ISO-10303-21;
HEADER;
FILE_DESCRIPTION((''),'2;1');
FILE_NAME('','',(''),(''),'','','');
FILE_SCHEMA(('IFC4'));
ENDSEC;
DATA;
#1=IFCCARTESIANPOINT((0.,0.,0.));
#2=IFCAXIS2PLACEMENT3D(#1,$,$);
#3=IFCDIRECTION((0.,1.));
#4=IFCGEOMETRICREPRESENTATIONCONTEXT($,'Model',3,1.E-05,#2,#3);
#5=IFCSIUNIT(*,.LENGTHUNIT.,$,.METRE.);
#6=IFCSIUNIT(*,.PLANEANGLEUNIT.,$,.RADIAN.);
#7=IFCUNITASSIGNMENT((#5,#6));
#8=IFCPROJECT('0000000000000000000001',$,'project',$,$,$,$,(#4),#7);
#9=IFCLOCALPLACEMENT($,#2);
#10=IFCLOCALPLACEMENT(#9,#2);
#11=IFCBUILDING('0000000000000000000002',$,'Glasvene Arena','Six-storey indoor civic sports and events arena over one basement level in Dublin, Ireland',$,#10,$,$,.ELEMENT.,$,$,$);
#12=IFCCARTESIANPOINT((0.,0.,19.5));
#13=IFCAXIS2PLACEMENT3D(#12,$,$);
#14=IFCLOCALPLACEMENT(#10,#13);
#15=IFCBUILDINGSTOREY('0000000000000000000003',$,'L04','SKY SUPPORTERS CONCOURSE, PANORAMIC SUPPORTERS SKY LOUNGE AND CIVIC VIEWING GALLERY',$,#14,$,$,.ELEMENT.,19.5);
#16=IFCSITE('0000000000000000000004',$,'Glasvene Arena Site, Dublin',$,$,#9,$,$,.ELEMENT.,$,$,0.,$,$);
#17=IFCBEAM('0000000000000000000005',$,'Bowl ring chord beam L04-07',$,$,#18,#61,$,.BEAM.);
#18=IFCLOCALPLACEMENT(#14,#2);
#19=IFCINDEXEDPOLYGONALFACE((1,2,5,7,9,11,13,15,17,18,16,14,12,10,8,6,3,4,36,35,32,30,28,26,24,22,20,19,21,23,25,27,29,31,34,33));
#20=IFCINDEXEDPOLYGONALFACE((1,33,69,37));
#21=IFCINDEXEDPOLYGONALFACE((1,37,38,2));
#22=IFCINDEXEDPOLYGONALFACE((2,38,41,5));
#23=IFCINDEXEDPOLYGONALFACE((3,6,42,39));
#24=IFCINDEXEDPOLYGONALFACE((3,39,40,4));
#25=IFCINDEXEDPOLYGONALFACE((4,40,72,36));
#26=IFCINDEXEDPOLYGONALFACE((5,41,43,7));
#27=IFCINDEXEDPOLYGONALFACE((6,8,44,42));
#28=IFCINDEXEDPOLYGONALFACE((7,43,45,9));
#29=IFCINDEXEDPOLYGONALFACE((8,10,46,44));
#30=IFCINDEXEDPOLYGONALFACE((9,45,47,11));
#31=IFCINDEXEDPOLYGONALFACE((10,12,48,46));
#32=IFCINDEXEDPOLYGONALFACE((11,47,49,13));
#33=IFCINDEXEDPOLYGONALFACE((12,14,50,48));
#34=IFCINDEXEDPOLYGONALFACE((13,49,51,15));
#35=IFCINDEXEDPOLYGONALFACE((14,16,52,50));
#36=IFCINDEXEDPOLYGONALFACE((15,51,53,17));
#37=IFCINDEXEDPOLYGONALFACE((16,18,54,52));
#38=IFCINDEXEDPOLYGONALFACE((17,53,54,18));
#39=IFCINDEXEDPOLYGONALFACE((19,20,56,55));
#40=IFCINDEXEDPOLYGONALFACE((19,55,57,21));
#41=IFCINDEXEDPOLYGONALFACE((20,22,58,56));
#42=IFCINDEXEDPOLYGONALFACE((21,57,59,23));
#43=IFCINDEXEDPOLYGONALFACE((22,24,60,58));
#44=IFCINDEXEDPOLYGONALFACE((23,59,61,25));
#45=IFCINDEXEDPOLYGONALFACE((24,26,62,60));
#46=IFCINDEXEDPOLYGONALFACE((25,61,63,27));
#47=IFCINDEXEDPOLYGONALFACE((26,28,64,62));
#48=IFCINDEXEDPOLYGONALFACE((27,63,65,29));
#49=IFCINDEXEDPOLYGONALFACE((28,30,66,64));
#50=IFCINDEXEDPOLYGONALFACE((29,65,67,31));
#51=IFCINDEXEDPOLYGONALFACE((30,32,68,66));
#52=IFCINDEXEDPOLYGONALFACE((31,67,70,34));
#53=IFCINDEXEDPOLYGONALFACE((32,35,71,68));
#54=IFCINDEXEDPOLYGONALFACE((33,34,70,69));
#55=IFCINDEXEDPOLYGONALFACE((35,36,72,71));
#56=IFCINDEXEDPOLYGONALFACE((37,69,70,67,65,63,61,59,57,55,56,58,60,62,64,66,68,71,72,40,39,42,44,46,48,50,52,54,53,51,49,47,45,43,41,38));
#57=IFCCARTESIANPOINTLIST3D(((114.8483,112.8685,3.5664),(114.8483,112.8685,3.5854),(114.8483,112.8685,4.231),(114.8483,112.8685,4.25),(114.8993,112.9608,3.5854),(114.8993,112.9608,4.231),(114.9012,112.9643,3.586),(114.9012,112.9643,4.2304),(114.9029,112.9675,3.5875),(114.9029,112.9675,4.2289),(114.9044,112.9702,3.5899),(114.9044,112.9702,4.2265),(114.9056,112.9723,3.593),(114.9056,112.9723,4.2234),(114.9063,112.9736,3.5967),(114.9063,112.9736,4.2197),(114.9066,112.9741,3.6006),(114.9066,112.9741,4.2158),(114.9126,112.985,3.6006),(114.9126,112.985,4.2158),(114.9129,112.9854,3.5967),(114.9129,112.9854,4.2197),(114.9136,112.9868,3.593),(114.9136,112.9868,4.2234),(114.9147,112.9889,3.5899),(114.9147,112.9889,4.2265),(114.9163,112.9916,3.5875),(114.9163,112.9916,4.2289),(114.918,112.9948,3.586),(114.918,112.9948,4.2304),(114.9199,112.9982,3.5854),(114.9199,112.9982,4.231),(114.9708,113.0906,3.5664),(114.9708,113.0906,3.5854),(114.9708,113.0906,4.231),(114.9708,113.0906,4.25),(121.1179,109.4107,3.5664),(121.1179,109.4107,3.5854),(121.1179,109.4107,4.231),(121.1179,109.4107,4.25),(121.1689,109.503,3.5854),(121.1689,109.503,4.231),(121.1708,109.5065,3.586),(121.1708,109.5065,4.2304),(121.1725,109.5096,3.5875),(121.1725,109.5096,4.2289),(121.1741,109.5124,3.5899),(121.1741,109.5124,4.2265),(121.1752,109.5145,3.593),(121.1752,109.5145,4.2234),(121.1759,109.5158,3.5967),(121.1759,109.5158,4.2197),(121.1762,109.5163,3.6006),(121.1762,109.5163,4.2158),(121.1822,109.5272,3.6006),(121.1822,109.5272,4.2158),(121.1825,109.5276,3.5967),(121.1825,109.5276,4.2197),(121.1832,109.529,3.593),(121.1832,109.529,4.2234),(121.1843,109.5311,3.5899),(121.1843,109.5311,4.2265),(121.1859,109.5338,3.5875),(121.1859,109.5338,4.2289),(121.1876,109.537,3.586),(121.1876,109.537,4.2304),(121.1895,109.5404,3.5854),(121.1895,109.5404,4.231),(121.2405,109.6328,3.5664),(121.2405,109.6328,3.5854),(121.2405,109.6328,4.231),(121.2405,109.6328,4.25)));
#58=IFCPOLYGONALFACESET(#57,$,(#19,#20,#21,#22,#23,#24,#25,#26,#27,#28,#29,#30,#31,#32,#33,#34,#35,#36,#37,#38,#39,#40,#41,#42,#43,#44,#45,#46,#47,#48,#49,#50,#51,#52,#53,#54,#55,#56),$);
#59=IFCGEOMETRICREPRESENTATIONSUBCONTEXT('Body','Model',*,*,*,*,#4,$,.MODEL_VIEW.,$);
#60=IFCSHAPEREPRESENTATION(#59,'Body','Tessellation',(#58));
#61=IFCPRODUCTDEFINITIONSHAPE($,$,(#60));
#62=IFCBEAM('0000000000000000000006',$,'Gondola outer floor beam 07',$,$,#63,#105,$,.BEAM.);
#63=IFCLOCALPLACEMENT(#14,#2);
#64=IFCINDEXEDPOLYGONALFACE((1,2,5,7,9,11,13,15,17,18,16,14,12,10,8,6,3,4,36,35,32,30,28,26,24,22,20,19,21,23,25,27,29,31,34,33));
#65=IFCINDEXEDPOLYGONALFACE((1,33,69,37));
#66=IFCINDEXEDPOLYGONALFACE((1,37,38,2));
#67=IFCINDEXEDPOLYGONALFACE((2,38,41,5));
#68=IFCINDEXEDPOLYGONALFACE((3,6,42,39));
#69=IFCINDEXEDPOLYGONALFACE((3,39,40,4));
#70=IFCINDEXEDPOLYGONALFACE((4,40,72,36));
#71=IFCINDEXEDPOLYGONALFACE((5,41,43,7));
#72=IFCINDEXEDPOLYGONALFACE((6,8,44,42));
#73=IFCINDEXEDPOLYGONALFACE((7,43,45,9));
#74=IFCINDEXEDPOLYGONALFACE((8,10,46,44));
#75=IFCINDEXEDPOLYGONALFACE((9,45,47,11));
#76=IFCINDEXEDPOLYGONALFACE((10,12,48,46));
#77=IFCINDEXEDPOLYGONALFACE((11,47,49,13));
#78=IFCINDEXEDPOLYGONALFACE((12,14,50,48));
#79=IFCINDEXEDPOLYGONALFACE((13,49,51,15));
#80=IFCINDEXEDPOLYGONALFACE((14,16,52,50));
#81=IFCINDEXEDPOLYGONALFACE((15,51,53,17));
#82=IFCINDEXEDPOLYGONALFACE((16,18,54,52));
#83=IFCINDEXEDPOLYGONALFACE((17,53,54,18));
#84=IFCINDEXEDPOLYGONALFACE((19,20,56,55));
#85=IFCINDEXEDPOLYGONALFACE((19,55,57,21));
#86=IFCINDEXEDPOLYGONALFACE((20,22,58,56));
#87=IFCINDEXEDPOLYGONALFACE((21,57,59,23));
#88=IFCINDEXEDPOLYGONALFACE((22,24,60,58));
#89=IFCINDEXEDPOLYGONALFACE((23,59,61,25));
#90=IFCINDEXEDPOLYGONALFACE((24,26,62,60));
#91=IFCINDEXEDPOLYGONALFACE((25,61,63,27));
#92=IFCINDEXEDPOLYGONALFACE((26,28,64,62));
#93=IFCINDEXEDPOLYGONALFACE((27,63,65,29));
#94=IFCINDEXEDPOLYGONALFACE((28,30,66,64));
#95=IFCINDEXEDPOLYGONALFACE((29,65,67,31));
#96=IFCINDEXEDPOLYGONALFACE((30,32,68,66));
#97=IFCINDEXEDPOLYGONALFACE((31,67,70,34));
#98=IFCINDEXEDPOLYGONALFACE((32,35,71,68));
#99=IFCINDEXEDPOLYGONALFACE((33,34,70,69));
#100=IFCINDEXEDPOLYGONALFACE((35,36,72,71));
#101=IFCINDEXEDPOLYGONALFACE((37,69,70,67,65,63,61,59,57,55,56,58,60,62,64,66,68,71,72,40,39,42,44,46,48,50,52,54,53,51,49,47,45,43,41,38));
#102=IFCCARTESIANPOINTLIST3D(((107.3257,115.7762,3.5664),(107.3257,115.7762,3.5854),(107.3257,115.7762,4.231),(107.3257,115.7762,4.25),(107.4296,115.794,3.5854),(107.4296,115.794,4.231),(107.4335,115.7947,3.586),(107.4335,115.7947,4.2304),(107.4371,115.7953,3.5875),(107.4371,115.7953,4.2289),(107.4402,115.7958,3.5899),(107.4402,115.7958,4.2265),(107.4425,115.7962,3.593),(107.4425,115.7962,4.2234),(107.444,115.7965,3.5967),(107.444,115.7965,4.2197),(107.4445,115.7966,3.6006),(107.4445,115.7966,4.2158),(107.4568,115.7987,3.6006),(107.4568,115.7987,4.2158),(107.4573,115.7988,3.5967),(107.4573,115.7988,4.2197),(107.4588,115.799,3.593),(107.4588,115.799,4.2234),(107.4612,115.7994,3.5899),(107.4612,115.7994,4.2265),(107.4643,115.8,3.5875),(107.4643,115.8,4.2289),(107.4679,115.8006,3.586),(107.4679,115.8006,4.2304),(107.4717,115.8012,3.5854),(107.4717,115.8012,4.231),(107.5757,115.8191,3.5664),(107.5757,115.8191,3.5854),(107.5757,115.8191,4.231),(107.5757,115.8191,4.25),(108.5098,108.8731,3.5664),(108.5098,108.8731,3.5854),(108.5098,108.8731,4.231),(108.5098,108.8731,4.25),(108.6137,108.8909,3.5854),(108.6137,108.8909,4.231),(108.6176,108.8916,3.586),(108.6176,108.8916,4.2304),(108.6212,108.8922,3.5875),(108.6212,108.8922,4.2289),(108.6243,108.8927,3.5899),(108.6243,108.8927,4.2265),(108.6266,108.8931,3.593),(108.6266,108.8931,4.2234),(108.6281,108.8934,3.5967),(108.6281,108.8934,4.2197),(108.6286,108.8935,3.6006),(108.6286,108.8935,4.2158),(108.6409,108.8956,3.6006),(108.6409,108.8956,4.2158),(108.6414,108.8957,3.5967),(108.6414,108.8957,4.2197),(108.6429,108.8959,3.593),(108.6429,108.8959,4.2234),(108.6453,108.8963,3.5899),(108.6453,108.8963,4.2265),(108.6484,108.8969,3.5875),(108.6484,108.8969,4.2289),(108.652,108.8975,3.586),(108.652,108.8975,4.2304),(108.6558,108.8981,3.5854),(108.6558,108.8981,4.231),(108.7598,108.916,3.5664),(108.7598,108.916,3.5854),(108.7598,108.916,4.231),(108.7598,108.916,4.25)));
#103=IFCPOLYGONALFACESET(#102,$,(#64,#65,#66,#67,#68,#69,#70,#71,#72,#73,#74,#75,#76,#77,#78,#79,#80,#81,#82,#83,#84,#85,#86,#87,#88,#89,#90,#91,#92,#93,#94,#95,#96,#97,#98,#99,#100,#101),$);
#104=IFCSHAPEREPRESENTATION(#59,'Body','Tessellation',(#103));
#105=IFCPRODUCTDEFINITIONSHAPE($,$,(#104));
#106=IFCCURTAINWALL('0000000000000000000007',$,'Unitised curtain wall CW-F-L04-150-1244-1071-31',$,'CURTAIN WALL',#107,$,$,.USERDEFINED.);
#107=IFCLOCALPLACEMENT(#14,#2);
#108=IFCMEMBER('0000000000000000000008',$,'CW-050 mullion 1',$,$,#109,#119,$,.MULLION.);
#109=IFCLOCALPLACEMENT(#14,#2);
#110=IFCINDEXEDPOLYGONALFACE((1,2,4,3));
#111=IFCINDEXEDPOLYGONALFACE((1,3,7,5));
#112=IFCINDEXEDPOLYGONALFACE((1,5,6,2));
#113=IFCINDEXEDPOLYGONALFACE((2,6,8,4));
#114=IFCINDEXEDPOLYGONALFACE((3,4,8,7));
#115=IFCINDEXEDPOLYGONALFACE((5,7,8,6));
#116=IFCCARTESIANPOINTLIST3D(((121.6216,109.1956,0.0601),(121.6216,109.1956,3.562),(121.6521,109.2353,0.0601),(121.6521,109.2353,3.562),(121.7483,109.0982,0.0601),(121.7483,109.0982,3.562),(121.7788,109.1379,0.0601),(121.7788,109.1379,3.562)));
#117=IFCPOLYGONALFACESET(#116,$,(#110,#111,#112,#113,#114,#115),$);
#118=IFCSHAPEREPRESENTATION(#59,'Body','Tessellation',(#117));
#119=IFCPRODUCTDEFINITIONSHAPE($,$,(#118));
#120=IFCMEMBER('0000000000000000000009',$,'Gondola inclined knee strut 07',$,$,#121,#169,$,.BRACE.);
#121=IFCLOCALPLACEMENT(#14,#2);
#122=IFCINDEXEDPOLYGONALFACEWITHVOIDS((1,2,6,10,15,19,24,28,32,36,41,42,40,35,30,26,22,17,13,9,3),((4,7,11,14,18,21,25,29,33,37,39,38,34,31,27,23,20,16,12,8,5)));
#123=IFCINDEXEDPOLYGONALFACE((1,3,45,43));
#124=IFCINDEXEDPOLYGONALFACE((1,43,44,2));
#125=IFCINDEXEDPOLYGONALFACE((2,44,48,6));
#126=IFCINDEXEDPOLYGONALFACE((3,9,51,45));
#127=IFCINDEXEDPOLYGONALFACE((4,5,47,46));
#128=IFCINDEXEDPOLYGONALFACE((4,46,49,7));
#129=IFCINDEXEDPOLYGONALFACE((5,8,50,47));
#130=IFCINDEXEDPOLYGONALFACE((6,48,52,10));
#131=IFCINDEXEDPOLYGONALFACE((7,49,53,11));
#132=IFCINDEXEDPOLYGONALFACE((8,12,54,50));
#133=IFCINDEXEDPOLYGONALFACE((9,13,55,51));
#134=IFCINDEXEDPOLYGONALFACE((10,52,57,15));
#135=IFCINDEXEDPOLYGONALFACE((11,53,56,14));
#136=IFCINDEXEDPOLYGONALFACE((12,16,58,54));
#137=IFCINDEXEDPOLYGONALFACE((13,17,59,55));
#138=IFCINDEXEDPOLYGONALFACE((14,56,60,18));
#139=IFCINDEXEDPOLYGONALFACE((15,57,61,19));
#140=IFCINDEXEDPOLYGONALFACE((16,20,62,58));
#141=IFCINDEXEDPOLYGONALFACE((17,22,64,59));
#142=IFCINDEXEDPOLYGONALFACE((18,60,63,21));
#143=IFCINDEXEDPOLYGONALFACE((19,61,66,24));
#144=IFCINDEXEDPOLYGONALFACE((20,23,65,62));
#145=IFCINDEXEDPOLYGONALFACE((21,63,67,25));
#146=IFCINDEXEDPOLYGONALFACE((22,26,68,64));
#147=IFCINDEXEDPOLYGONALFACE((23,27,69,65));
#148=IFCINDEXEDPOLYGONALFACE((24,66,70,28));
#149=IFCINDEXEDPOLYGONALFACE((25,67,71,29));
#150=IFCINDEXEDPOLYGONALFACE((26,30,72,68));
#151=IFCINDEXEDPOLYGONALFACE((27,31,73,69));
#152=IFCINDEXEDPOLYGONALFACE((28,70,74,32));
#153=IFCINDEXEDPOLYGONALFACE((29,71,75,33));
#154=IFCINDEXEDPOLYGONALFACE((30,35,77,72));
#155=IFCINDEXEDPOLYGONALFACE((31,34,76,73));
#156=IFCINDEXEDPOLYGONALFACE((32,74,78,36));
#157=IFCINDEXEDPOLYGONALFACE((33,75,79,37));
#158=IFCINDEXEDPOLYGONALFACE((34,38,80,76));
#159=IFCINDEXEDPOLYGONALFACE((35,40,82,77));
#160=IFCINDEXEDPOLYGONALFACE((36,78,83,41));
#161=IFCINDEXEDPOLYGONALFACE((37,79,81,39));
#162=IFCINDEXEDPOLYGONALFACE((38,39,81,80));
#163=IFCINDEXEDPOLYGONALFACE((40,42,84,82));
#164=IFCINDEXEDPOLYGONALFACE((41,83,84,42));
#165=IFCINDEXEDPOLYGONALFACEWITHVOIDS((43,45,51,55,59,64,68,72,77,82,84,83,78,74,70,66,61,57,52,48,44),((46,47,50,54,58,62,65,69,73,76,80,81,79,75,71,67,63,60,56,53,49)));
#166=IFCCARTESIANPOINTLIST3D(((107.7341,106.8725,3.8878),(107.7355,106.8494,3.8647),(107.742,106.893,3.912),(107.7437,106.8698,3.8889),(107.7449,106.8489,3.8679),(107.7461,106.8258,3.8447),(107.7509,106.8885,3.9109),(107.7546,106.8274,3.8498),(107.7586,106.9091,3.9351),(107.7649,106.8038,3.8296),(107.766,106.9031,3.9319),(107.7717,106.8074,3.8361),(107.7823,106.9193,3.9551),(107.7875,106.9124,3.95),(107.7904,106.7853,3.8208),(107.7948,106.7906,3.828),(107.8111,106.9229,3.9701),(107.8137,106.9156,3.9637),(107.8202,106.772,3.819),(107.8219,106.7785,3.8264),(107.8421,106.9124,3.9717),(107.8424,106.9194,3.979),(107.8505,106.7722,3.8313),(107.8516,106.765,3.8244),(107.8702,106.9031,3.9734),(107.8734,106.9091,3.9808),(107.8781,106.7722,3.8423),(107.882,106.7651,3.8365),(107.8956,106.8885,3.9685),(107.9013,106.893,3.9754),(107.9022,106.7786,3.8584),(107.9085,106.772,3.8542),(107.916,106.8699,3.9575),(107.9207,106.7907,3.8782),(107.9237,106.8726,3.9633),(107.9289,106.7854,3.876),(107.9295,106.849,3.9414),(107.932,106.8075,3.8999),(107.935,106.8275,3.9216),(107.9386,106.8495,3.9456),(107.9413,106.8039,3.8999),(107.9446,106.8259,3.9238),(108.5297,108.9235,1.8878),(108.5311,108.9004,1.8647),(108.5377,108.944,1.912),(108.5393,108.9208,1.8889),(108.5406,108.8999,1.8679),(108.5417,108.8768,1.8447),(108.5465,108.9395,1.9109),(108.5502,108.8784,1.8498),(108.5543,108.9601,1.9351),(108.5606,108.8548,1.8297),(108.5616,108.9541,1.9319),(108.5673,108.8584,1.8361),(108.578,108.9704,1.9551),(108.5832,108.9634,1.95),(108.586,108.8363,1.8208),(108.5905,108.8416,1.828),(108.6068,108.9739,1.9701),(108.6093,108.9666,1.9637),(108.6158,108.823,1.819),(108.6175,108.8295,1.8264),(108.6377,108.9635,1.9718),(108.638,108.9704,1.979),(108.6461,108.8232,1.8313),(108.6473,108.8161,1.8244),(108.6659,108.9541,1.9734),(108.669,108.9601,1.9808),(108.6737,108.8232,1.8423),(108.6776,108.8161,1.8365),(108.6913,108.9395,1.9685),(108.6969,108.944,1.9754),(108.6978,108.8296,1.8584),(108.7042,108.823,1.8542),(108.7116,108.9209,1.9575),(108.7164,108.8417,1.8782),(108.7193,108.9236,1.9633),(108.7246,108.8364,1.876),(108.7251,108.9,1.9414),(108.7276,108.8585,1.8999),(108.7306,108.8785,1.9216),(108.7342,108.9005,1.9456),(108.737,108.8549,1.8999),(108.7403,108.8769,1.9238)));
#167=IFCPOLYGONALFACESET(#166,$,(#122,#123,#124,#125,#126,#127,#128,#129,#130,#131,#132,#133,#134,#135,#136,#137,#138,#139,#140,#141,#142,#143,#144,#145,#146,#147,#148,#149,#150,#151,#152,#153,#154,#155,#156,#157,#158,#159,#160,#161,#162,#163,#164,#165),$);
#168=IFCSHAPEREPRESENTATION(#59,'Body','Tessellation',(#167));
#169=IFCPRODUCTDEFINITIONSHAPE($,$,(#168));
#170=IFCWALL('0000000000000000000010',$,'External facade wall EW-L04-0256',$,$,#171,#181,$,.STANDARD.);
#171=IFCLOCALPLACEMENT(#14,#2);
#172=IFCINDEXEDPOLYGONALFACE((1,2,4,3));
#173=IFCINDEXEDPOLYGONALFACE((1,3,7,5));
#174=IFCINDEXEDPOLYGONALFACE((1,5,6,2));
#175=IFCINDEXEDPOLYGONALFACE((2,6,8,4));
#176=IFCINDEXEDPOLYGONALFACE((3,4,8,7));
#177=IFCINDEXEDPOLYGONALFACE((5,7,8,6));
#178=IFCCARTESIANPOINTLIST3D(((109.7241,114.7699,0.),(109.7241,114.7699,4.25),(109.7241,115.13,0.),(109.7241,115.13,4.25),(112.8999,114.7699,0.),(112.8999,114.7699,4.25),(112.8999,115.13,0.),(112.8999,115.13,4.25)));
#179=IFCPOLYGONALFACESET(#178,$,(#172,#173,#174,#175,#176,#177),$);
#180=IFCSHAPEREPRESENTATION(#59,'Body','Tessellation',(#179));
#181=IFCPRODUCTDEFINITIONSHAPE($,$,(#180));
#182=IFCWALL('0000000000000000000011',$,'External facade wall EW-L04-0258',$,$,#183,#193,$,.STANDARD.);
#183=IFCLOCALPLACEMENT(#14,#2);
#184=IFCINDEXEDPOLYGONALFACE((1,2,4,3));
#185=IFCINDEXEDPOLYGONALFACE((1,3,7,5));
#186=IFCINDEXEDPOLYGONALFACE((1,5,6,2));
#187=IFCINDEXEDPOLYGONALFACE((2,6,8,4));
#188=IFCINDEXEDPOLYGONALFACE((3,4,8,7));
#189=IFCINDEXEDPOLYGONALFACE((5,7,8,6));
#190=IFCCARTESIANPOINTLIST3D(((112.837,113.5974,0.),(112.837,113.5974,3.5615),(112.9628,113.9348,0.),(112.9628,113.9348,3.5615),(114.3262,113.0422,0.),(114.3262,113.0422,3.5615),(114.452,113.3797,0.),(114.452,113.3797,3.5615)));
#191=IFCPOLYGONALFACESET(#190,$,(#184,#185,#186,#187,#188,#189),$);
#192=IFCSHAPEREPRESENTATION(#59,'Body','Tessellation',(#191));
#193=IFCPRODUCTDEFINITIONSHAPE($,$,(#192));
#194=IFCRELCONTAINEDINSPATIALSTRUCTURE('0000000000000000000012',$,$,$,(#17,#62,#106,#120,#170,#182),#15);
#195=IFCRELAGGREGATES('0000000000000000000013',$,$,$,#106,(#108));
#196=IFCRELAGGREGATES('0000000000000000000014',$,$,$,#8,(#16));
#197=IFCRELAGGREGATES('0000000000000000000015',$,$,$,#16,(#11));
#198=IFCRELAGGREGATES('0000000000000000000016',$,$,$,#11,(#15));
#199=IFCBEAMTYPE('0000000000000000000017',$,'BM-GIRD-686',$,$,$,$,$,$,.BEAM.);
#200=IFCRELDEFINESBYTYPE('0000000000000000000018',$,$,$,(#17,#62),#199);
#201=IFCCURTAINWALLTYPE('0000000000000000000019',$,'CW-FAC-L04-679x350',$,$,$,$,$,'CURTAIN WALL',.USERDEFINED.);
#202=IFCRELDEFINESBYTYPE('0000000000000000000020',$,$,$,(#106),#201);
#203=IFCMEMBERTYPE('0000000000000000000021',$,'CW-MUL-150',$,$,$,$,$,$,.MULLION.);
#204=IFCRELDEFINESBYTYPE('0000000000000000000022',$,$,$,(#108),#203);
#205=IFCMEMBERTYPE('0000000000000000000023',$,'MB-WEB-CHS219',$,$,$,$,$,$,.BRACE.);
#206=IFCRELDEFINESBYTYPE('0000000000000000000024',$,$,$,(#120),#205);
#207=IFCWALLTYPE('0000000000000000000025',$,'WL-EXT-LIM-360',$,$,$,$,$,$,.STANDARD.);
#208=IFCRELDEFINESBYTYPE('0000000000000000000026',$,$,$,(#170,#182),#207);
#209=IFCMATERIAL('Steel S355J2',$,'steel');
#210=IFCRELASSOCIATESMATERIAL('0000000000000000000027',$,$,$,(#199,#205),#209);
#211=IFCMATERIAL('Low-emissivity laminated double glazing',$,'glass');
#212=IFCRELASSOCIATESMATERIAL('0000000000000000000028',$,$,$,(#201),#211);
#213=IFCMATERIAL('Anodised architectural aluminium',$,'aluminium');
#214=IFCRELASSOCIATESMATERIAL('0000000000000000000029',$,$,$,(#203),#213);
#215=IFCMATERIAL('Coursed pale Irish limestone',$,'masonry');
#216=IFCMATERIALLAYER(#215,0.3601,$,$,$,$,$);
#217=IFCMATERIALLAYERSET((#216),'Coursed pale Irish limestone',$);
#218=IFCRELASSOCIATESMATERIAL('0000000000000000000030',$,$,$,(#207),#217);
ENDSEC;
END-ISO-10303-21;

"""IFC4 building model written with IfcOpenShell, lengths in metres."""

from ifc_helpers import new_model, si_unit, direction, frame, frame_2d, origin, origin_2d, place, context, subcontext, project, spatial, rectangle, hollow_circle, i_section, extrude, material, layer, layer_set, material_profile, profile_set, type_object, element, aggregate, save


model = new_model("IFC4")

# Units and contexts
model_context = context("Model", 3, precision=1e-05, world=origin(), true_north=direction((0.0, 1.0)))
body_context = subcontext(model_context, "Body", "Model", "MODEL_VIEW")
ifc_project = project(units=[si_unit("LENGTHUNIT", "METRE"), si_unit("PLANEANGLEUNIT", "RADIAN")], contexts=[model_context])

# Site, building, storey
site_placement = place(None, origin())
site = spatial("IfcSite", under=ifc_project, at=site_placement, Name="Glasvene Arena Site, Dublin", CompositionType="ELEMENT", RefElevation=0.0)
building_placement = place(site_placement, origin())
building = spatial("IfcBuilding", under=site, at=building_placement, Name="Glasvene Arena", Description="Six-storey indoor civic sports and events arena over one basement level in Dublin, Ireland", CompositionType="ELEMENT")
storey_placement = place(building_placement, frame((0.0, 0.0, 19.5)))
storey = spatial("IfcBuildingStorey", under=building, at=storey_placement, Name="L04", Description="SKY SUPPORTERS CONCOURSE, PANORAMIC SUPPORTERS SKY LOUNGE AND CIVIC VIEWING GALLERY", CompositionType="ELEMENT", Elevation=19.5)

# Shared definitions
ifc_material_1 = material(Name="Steel S355J2", Category="steel")

# Beams
ifc_material_profile_1 = material_profile(ifc_material_1, i_section(OverallWidth=0.2537, OverallDepth=0.6836, WebThickness=0.0125, FlangeThickness=0.019, FilletRadius=0.0151, at=origin_2d()), Name="UKB 686x254x140")
ifc_profile_set_1 = profile_set([ifc_material_profile_1], Name="Steel S355J2")
beam_type = type_object("IfcBeamType", Name="BM-GIRD-686", PredefinedType="BEAM", material=ifc_profile_set_1)
beam_1_placement = place(storey_placement, frame((121.1792, 109.5217, 3.9082), z_axis=(-0.875654, 0.482939, 0.0), x_axis=(-0.482939, -0.875654, 0.0)))
element("IfcBeam", 1, at=beam_1_placement, inside=storey, type_object=beam_type, Name="Bowl ring chord beam L04-07", PredefinedType="BEAM", context=body_context, shape_type="SweptSolid", body=[
    extrude(i_section(OverallWidth=0.2537, OverallDepth=0.6836, WebThickness=0.0125, FlangeThickness=0.019, FilletRadius=0.0151, at=origin_2d()), origin(), (0.0, 0.0, 1.0), 7.1599),
])
beam_2_placement = place(storey_placement, frame((108.6348, 108.8945, 3.9082), z_axis=(-0.169061, 0.985606, 0.0), x_axis=(-0.985606, -0.169061, 0.0)))
element("IfcBeam", 2, at=beam_2_placement, inside=storey, type_object=beam_type, Name="Gondola outer floor beam 07", PredefinedType="BEAM", context=body_context, shape_type="SweptSolid", body=[
    extrude(i_section(OverallWidth=0.2537, OverallDepth=0.6836, WebThickness=0.0125, FlangeThickness=0.019, FilletRadius=0.0151, at=origin_2d()), origin(), (0.0, 0.0, 1.0), 7.0039),
])

# Curtain wall, member
ifc_material_2 = material(Name="Low-emissivity laminated double glazing", Category="glass")
curtain_wall_type = type_object("IfcCurtainWallType", Name="CW-FAC-L04-679x350", ElementType="CURTAIN WALL", PredefinedType="USERDEFINED", material=ifc_material_2)
curtain_wall_placement = place(storey_placement, frame((121.6804, 109.1821, 0.0)))
curtain_wall = element("IfcCurtainWall", 3, at=curtain_wall_placement, inside=storey, type_object=curtain_wall_type, Name="Unitised curtain wall CW-F-L04-150-1244-1071-31", ObjectType="CURTAIN WALL", PredefinedType="USERDEFINED")
ifc_material_3 = material(Name="Anodised architectural aluminium", Category="aluminium")
ifc_material_profile_2 = material_profile(ifc_material_3, rectangle(XDim=0.05, YDim=0.1599, at=origin_2d()), Name="ALU MULLION 50x160")
ifc_profile_set_2 = profile_set([ifc_material_profile_2], Name="Anodised architectural aluminium")
member_type_1 = type_object("IfcMemberType", Name="CW-MUL-150", PredefinedType="MULLION", material=ifc_profile_set_2)
member_1_placement = place(storey_placement, frame((121.7002, 109.1667, 0.0601), z_axis=(0.0, 0.0, 1.0), x_axis=(0.60943, 0.79284, 0.0)))
member_1 = element("IfcMember", 4, at=member_1_placement, type_object=member_type_1, Name="CW-050 mullion 1", PredefinedType="MULLION", context=body_context, shape_type="SweptSolid", body=[
    extrude(rectangle(XDim=0.05, YDim=0.1599, at=origin_2d()), origin(), (0.0, 0.0, 1.0), 3.502),
])
aggregate(curtain_wall, [member_1])

# Member
ifc_material_profile_3 = material_profile(ifc_material_1, hollow_circle(Radius=0.1096, WallThickness=0.01, at=origin_2d()), Name="CHS 219.1x10.0")
ifc_profile_set_3 = profile_set([ifc_material_profile_3], Name="Steel S355J2")
member_type_2 = type_object("IfcMemberType", Name="MB-WEB-CHS219", PredefinedType="BRACE", material=ifc_profile_set_3)
member_2_placement = place(storey_placement, frame((108.6348, 108.8945, 1.8999), z_axis=(-0.267611, -0.689843, 0.672682), x_axis=(0.932306, -0.36167, 0.0)))
element("IfcMember", 5, at=member_2_placement, inside=storey, type_object=member_type_2, Name="Gondola inclined knee strut 07", PredefinedType="BRACE", context=body_context, shape_type="SweptSolid", body=[
    extrude(hollow_circle(Radius=0.1096, WallThickness=0.01, at=origin_2d()), origin(), (0.0, 0.0, 1.0), 2.9731),
])

# Walls
ifc_material_4 = material(Name="Coursed pale Irish limestone", Category="masonry")
ifc_layer_1 = layer(ifc_material_4, 0.3601)
ifc_layer_set_1 = layer_set([ifc_layer_1], Name="Coursed pale Irish limestone")
wall_type_1 = type_object("IfcWallType", Name="WL-EXT-LIM-360", PredefinedType="STANDARD", material=ifc_layer_set_1)
wall_1_placement = place(storey_placement, frame((109.7241, 114.95, 0.0), z_axis=(0.0, 0.0, 1.0), x_axis=(1.0, 0.0, 0.0)))
element("IfcWall", 6, at=wall_1_placement, inside=storey, type_object=wall_type_1, Name="External facade wall EW-L04-0256", PredefinedType="STANDARD", context=body_context, shape_type="SweptSolid", body=[
    extrude(rectangle(XDim=3.1758, YDim=0.3601, at=frame_2d((1.5879, 0.0))), origin(), (0.0, 0.0, 1.0), 4.25),
])
wall_2_placement = place(storey_placement, frame((112.8999, 113.7661, 0.0), z_axis=(0.0, 0.0, 1.0), x_axis=(0.937009, -0.349305, 0.0)))
element("IfcWall", 7, at=wall_2_placement, inside=storey, type_object=wall_type_1, Name="External facade wall EW-L04-0258", PredefinedType="STANDARD", context=body_context, shape_type="SweptSolid", body=[
    extrude(rectangle(XDim=1.5894, YDim=0.3601, at=frame_2d((0.7947, 0.0))), origin(), (0.0, 0.0, 1.0), 3.5615),
])

save(model, "model.ifc")
